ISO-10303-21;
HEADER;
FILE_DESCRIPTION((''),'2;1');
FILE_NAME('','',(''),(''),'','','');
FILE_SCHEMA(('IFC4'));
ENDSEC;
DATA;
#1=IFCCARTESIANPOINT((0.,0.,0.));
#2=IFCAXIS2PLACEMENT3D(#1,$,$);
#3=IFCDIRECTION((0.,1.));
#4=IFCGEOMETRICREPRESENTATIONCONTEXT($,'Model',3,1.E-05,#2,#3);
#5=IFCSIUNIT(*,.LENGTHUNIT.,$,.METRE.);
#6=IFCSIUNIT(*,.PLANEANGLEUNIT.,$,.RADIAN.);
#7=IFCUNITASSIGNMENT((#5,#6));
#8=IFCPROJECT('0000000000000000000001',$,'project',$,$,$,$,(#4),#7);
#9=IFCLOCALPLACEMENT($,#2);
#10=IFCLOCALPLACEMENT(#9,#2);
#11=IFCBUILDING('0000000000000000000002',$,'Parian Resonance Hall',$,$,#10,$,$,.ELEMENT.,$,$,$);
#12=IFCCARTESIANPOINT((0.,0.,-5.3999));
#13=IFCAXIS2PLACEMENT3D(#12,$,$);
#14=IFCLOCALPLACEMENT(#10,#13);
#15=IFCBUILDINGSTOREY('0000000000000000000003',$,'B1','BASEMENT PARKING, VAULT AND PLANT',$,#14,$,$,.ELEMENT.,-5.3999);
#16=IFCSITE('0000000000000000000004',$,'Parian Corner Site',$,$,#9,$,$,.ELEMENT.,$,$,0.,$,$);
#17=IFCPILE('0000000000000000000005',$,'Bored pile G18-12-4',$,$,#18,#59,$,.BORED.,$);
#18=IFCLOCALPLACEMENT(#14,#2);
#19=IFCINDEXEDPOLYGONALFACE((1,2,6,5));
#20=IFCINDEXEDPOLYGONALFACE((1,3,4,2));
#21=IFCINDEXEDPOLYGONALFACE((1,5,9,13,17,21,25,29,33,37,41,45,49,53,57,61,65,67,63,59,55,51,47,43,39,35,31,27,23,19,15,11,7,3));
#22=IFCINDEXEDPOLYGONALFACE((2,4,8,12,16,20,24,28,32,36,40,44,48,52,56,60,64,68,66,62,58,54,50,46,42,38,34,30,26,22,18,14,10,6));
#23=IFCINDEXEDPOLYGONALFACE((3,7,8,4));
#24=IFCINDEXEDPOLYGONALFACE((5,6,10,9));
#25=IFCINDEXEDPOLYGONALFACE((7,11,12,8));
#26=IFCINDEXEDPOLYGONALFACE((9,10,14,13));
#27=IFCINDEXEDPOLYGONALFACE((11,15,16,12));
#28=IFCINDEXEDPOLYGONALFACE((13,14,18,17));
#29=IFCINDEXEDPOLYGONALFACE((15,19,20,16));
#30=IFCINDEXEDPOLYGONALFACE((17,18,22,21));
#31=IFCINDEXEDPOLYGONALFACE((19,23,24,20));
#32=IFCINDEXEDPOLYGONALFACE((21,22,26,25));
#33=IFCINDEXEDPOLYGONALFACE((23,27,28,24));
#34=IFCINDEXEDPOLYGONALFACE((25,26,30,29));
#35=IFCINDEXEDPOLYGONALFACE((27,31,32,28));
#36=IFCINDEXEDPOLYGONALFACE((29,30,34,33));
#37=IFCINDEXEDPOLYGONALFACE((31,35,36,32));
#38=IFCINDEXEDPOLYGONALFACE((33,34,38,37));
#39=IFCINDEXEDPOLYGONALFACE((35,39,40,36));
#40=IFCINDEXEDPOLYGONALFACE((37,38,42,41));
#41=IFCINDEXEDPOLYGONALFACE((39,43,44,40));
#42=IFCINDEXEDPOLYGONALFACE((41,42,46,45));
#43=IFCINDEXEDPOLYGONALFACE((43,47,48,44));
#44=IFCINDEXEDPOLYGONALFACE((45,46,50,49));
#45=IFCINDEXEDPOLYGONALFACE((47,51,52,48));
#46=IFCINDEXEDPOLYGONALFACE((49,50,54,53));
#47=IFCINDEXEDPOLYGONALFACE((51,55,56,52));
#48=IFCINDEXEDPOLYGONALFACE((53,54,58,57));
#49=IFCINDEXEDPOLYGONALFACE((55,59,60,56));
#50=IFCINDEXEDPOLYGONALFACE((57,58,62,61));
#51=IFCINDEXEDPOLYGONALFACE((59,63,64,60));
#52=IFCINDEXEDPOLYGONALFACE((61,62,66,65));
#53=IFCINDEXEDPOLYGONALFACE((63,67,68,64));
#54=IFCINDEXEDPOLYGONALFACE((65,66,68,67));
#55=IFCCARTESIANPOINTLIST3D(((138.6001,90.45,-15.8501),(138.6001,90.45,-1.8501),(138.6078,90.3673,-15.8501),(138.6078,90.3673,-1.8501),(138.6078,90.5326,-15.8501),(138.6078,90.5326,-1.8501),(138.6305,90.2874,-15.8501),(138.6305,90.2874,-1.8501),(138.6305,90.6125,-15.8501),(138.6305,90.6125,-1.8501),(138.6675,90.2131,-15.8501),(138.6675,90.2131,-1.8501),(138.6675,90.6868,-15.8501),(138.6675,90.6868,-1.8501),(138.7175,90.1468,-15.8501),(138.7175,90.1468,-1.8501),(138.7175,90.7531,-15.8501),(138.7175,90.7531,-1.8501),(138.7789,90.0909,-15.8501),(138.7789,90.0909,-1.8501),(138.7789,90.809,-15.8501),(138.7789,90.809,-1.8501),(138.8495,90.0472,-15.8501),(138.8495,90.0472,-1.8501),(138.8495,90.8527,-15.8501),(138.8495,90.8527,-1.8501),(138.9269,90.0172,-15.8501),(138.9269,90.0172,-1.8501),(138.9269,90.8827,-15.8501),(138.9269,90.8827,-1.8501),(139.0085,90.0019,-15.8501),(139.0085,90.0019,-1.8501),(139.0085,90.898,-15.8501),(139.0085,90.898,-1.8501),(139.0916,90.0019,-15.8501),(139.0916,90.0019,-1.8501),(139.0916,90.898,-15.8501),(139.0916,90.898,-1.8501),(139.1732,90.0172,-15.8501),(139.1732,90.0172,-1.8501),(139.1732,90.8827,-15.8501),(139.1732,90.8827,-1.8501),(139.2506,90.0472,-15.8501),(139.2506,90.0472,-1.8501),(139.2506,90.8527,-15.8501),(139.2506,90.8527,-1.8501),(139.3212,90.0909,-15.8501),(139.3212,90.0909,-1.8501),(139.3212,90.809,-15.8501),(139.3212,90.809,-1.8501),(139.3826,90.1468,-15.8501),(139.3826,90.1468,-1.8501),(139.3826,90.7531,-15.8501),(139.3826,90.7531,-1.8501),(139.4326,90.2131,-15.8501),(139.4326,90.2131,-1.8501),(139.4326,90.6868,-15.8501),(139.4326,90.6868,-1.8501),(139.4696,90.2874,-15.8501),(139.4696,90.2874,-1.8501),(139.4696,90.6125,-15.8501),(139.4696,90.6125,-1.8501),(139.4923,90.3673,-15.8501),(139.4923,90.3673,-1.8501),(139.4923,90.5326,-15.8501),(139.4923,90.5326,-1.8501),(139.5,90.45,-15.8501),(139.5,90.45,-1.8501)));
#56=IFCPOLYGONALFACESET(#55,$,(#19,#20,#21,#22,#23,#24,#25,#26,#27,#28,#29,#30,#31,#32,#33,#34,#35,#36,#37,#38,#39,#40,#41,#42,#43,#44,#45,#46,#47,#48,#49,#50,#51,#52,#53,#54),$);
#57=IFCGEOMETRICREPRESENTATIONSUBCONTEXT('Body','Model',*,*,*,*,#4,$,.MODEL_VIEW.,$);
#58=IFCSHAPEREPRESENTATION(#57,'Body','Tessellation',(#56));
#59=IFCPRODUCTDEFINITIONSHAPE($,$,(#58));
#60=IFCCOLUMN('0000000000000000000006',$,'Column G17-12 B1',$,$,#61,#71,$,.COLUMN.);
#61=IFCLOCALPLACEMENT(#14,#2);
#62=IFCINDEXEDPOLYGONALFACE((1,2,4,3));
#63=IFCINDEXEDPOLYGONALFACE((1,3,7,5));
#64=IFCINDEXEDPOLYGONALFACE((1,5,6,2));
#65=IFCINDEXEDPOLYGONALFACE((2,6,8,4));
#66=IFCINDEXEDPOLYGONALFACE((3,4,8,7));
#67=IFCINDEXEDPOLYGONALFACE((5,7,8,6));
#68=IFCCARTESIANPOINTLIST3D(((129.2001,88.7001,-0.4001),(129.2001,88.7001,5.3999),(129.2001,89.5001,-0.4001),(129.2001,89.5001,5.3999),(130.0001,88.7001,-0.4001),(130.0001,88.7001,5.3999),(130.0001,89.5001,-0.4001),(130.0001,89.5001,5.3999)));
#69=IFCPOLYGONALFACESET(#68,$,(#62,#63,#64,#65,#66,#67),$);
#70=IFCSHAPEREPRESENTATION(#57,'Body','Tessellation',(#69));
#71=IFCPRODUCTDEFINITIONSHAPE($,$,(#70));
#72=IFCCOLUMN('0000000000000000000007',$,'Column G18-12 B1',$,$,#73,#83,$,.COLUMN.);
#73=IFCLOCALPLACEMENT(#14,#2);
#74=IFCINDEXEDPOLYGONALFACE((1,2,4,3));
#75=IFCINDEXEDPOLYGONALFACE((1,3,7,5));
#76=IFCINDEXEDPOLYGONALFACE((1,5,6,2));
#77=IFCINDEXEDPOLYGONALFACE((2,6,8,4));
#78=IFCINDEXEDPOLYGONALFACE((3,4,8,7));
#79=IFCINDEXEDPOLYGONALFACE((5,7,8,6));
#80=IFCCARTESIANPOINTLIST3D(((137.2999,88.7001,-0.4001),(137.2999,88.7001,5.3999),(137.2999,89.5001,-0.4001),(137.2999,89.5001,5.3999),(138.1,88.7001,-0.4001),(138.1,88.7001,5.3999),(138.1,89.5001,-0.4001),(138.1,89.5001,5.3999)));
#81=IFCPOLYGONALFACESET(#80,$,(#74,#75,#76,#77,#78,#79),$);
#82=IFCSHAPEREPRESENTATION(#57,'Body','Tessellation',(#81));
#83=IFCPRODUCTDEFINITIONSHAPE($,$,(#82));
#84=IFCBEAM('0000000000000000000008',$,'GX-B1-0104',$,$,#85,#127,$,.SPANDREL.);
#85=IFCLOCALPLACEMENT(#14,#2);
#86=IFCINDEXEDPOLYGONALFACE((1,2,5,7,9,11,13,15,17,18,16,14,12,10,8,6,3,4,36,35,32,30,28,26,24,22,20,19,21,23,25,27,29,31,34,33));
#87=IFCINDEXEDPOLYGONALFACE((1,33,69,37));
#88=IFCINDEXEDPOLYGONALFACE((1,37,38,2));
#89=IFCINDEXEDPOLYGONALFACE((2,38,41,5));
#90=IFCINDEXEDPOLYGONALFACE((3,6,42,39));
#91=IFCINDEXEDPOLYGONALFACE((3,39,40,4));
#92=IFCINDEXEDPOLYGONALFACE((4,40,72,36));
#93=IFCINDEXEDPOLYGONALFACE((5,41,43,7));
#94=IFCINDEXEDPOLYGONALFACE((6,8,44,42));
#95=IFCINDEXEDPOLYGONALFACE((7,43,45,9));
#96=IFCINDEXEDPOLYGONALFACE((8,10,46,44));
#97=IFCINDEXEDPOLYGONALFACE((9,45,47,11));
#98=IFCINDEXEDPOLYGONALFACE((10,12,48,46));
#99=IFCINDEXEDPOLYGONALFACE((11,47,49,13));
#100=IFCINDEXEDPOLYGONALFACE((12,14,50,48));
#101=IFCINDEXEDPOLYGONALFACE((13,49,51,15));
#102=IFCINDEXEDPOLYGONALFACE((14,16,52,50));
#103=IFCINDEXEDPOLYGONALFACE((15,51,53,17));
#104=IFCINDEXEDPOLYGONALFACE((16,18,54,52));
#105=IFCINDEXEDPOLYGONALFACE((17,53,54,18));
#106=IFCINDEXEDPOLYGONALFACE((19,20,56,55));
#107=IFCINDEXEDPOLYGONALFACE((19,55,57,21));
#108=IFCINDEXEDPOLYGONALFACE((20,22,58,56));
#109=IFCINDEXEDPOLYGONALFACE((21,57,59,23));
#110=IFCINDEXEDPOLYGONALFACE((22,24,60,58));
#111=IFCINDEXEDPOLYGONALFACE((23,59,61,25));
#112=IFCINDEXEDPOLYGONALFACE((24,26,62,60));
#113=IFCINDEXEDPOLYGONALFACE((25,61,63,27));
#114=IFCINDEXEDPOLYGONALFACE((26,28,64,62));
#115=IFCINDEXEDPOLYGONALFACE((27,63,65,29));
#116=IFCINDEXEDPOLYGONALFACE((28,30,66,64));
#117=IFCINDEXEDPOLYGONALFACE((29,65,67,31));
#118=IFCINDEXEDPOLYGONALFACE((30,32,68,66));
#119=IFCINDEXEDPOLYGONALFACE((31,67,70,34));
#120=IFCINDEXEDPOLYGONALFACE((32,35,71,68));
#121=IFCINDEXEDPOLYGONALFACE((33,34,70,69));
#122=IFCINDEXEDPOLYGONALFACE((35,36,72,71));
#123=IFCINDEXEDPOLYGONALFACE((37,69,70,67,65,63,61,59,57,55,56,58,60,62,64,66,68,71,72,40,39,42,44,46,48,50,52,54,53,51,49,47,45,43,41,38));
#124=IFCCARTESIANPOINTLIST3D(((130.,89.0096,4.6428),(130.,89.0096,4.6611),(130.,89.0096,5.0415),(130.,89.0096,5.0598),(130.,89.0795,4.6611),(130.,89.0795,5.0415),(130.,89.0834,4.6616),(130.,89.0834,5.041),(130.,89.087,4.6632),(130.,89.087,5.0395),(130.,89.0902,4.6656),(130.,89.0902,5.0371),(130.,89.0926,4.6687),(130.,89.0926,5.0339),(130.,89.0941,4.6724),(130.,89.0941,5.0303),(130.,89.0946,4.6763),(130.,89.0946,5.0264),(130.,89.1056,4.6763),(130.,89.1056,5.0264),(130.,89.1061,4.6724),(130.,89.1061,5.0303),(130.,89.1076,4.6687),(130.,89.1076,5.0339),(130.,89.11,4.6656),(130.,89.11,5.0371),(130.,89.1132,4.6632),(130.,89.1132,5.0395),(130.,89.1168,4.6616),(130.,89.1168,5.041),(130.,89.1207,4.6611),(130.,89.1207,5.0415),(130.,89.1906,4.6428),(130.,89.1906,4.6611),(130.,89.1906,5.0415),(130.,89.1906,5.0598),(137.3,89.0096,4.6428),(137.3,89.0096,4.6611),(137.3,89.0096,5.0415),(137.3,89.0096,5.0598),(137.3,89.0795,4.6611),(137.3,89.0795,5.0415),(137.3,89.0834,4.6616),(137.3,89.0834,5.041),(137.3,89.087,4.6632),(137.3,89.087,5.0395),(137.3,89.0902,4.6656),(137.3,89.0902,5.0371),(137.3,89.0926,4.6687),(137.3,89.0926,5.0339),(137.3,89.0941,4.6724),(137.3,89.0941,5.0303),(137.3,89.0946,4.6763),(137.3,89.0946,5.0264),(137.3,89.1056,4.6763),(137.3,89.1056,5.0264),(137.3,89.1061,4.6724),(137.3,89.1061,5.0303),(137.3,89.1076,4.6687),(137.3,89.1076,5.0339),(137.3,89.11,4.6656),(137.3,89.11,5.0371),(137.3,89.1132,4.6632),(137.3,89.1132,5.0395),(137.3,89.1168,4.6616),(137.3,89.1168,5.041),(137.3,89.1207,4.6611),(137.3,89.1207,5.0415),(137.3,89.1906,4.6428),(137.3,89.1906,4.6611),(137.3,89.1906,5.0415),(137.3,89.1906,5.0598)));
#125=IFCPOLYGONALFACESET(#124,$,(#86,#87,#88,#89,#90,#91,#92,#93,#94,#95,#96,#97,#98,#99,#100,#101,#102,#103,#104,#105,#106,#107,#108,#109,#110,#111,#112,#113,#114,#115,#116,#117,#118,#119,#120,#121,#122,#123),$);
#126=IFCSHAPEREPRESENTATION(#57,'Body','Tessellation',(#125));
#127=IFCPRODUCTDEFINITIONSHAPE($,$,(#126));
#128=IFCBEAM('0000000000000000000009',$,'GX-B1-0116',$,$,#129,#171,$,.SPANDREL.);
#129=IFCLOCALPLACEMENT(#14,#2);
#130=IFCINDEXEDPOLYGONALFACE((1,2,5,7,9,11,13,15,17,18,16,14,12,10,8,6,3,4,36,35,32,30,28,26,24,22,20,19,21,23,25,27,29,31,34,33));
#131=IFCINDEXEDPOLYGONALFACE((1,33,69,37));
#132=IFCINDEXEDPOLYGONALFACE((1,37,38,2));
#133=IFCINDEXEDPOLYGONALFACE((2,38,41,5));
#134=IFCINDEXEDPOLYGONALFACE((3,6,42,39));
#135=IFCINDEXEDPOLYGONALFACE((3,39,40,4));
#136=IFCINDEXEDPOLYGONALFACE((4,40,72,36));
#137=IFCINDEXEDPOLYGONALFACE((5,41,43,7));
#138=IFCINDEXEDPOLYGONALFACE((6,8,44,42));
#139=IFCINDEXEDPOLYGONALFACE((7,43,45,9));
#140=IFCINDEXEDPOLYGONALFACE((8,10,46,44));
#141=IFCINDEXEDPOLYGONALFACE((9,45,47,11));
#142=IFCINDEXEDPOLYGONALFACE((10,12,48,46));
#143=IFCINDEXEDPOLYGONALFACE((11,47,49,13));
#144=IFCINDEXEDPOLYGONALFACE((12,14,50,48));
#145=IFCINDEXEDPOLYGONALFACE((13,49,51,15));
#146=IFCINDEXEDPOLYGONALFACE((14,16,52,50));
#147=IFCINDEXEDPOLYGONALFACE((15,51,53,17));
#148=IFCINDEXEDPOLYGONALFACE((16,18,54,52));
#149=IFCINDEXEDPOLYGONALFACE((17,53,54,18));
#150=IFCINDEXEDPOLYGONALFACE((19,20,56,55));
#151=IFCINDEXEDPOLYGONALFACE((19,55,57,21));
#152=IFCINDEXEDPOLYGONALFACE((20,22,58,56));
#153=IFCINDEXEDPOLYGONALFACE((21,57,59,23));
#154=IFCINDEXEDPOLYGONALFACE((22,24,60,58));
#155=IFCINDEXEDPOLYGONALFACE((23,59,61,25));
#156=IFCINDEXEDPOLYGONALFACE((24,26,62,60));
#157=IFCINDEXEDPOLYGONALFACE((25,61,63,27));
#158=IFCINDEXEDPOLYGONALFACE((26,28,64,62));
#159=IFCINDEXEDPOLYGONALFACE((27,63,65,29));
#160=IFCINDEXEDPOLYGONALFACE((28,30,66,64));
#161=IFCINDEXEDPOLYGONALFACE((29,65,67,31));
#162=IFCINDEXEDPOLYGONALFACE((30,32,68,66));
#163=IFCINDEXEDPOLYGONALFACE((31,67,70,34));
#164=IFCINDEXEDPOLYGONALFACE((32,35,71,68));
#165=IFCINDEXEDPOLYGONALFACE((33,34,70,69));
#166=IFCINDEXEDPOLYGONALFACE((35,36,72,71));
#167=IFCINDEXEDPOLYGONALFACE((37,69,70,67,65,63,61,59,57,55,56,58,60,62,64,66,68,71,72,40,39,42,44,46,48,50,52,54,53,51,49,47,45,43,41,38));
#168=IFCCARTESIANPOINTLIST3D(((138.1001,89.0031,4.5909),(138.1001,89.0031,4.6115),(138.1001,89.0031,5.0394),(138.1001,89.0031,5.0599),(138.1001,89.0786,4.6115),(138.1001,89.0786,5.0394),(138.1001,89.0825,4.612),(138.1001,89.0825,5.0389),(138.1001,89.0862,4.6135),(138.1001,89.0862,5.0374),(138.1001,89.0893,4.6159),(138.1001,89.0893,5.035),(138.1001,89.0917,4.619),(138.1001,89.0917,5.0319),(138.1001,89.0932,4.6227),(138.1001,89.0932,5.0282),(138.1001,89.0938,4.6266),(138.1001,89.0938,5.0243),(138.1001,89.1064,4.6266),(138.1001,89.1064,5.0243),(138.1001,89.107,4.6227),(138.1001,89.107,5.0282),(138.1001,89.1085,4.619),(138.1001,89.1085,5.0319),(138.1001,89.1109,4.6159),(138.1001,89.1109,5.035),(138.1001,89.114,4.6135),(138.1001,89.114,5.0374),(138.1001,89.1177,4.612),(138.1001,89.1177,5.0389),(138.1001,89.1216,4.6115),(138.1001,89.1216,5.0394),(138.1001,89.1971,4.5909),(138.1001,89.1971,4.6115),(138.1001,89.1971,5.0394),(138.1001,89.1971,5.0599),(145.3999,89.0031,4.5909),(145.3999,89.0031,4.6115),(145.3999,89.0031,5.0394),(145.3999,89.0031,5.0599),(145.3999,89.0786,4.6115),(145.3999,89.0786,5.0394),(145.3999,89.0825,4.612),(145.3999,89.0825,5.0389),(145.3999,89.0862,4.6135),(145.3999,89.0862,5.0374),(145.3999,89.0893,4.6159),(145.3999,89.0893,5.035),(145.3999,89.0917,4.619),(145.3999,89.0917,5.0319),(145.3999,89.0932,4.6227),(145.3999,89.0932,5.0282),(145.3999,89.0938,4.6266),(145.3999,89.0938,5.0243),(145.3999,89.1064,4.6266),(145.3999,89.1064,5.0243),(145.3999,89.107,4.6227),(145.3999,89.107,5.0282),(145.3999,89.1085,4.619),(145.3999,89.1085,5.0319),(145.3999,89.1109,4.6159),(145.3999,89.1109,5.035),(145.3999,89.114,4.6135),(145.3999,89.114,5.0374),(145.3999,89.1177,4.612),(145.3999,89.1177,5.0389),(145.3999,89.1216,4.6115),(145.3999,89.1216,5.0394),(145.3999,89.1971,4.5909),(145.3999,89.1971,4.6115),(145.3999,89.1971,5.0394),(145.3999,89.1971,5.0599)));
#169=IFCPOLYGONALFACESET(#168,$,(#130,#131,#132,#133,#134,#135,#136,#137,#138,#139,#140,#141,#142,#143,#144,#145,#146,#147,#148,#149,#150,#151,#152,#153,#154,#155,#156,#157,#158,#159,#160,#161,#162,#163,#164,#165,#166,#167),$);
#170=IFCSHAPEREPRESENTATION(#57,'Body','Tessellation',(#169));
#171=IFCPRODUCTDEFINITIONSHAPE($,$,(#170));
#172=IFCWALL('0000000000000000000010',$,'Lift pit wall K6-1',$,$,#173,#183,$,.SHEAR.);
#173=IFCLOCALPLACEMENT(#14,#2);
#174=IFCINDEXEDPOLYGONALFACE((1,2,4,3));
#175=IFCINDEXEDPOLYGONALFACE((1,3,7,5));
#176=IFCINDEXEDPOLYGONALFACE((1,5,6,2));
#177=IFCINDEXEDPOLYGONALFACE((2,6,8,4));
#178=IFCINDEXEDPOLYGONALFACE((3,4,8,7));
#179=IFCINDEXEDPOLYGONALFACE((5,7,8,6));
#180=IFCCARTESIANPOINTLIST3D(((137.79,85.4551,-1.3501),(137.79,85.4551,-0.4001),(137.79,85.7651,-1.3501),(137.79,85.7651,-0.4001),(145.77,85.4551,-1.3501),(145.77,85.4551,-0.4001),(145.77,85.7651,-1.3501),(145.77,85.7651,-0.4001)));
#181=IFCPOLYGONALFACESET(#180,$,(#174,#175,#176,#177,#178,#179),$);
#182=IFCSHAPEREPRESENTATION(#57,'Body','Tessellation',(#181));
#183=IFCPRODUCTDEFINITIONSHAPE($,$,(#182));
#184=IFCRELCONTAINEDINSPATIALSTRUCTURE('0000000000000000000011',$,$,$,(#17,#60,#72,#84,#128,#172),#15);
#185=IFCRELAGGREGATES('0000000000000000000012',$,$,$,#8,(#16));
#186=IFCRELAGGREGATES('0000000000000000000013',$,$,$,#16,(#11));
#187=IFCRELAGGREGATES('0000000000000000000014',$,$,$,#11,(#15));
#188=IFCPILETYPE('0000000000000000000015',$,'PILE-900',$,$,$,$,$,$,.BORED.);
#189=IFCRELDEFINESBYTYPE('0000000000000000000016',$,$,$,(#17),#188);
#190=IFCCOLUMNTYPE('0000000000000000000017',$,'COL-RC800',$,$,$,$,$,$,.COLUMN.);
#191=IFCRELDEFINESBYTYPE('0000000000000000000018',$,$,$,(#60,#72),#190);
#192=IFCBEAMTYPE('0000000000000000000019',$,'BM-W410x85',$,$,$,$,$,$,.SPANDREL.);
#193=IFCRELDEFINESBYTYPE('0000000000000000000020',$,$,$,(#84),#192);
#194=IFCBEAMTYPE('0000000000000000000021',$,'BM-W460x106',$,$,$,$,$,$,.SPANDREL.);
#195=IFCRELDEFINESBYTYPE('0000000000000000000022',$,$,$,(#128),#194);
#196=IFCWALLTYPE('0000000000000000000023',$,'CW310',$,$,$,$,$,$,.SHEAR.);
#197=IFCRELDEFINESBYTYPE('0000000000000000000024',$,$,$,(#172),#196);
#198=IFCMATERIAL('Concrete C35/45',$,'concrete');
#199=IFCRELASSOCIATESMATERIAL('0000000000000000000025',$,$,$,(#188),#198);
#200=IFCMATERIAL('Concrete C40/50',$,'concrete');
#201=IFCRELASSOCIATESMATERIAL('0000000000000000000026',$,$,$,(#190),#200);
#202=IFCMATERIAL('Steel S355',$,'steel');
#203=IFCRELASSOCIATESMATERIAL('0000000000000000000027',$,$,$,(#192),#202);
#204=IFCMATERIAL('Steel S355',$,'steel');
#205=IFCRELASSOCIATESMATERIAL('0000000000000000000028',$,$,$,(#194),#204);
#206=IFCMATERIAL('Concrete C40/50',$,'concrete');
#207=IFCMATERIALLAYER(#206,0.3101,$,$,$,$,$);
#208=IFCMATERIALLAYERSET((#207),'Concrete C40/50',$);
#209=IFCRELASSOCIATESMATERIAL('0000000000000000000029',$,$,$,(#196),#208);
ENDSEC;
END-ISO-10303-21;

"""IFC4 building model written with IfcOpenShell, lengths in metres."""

from ifc_helpers import new_model, si_unit, direction, frame, frame_2d, origin, origin_2d, place, context, subcontext, project, spatial, rectangle, circle, i_section, extrude, material, layer, layer_set, material_profile, profile_set, type_object, element, save


model = new_model("IFC4")

# Units and contexts
model_context = context("Model", 3, precision=1e-05, world=origin(), true_north=direction((0.0, 1.0)))
body_context = subcontext(model_context, "Body", "Model", "MODEL_VIEW")
ifc_project = project(units=[si_unit("LENGTHUNIT", "METRE"), si_unit("PLANEANGLEUNIT", "RADIAN")], contexts=[model_context])

# Site, building, storey
site_placement = place(None, origin())
site = spatial("IfcSite", under=ifc_project, at=site_placement, Name="Parian Corner Site", CompositionType="ELEMENT", RefElevation=0.0)
building_placement = place(site_placement, origin())
building = spatial("IfcBuilding", under=site, at=building_placement, Name="Parian Resonance Hall", CompositionType="ELEMENT")
storey_placement = place(building_placement, frame((0.0, 0.0, -5.3999)))
storey = spatial("IfcBuildingStorey", under=building, at=storey_placement, Name="B1", Description="BASEMENT PARKING, VAULT AND PLANT", CompositionType="ELEMENT", Elevation=-5.3999)

# Pile
ifc_material_1 = material(Name="Concrete C35/45", Category="concrete")
ifc_material_profile_1 = material_profile(ifc_material_1, circle(Radius=0.45, at=origin_2d()), Name="PILE-D900")
ifc_profile_set_1 = profile_set([ifc_material_profile_1], Name="Concrete C35/45")
pile_type = type_object("IfcPileType", Name="PILE-900", PredefinedType="BORED", material=ifc_profile_set_1)
for number, where, z_axis, x_axis, name in (
    (1, (139.05, 90.45, -1.8501), (0.0, 0.0, -1.0), (1.0, 0.0, 0.0), "Bored pile G18-12-4"),
):
    element("IfcPile", number, at=place(storey_placement, frame(where, z_axis=z_axis, x_axis=x_axis)), inside=storey, type_object=pile_type, Name=name, PredefinedType="BORED", context=body_context, shape_type="SweptSolid", body=[
        extrude(circle(Radius=0.45, at=origin_2d()), origin(), (0.0, 0.0, 1.0), 14.0),
    ])

# Columns
ifc_material_2 = material(Name="Concrete C40/50", Category="concrete")
ifc_material_profile_2 = material_profile(ifc_material_2, rectangle(XDim=0.8, YDim=0.8, at=origin_2d()), Name="RC-COL-800x800")
ifc_profile_set_2 = profile_set([ifc_material_profile_2], Name="Concrete C40/50")
column_type = type_object("IfcColumnType", Name="COL-RC800", PredefinedType="COLUMN", material=ifc_profile_set_2)
for number, where, z_axis, x_axis, name in (
    (2, (129.6001, 89.1001, -0.4001), (0.0, 0.0, 1.0), (1.0, 0.0, 0.0), "Column G17-12 B1"),
    (3, (137.7, 89.1001, -0.4001), (0.0, 0.0, 1.0), (1.0, 0.0, 0.0), "Column G18-12 B1"),
):
    element("IfcColumn", number, at=place(storey_placement, frame(where, z_axis=z_axis, x_axis=x_axis)), inside=storey, type_object=column_type, Name=name, PredefinedType="COLUMN", context=body_context, shape_type="SweptSolid", body=[
        extrude(rectangle(XDim=0.8, YDim=0.8, at=origin_2d()), origin(), (0.0, 0.0, 1.0), 5.8),
    ])

# Beams
ifc_material_3 = material(Name="Steel S355", Category="steel")
ifc_material_profile_3 = material_profile(ifc_material_3, i_section(OverallWidth=0.1809, OverallDepth=0.417, WebThickness=0.011, FlangeThickness=0.0183, FilletRadius=0.0151, at=origin_2d()), Name="W410x85")
ifc_profile_set_3 = profile_set([ifc_material_profile_3], Name="Steel S355")
beam_type_1 = type_object("IfcBeamType", Name="BM-W410x85", PredefinedType="SPANDREL", material=ifc_profile_set_3)
beam_1_placement = place(storey_placement, frame((130.0, 89.1001, 4.8513), z_axis=(1.0, 0.0, 0.0), x_axis=(0.0, 1.0, 0.0)))
element("IfcBeam", 4, at=beam_1_placement, inside=storey, type_object=beam_type_1, Name="GX-B1-0104", PredefinedType="SPANDREL", context=body_context, shape_type="SweptSolid", body=[
    extrude(i_section(OverallWidth=0.1809, OverallDepth=0.417, WebThickness=0.011, FlangeThickness=0.0183, FilletRadius=0.0151, at=origin_2d()), origin(), (0.0, 0.0, 1.0), 7.3),
])
ifc_material_4 = material(Name="Steel S355", Category="steel")
ifc_material_profile_4 = material_profile(ifc_material_4, i_section(OverallWidth=0.1941, OverallDepth=0.469, WebThickness=0.0127, FlangeThickness=0.0205, FilletRadius=0.0151, at=origin_2d()), Name="W460x106")
ifc_profile_set_4 = profile_set([ifc_material_profile_4], Name="Steel S355")
beam_type_2 = type_object("IfcBeamType", Name="BM-W460x106", PredefinedType="SPANDREL", material=ifc_profile_set_4)
beam_2_placement = place(storey_placement, frame((138.1001, 89.1001, 4.8254), z_axis=(1.0, 0.0, 0.0), x_axis=(0.0, 1.0, 0.0)))
element("IfcBeam", 5, at=beam_2_placement, inside=storey, type_object=beam_type_2, Name="GX-B1-0116", PredefinedType="SPANDREL", context=body_context, shape_type="SweptSolid", body=[
    extrude(i_section(OverallWidth=0.1941, OverallDepth=0.469, WebThickness=0.0127, FlangeThickness=0.0205, FilletRadius=0.0151, at=origin_2d()), origin(), (0.0, 0.0, 1.0), 7.2998),
])

# Wall
ifc_material_5 = material(Name="Concrete C40/50", Category="concrete")
ifc_layer_1 = layer(ifc_material_5, 0.3101)
ifc_layer_set_1 = layer_set([ifc_layer_1], Name="Concrete C40/50")
wall_type_1 = type_object("IfcWallType", Name="CW310", PredefinedType="SHEAR", material=ifc_layer_set_1)
wall_1_placement = place(storey_placement, frame((137.79, 85.6101, -1.3501), z_axis=(0.0, 0.0, 1.0), x_axis=(1.0, 0.0, 0.0)))
element("IfcWall", 6, at=wall_1_placement, inside=storey, type_object=wall_type_1, Name="Lift pit wall K6-1", PredefinedType="SHEAR", context=body_context, shape_type="SweptSolid", body=[
    extrude(rectangle(XDim=7.98, YDim=0.3101, at=frame_2d((3.99, 0.0))), origin(), (0.0, 0.0, 1.0), 0.95),
])

save(model, "model.ifc")
